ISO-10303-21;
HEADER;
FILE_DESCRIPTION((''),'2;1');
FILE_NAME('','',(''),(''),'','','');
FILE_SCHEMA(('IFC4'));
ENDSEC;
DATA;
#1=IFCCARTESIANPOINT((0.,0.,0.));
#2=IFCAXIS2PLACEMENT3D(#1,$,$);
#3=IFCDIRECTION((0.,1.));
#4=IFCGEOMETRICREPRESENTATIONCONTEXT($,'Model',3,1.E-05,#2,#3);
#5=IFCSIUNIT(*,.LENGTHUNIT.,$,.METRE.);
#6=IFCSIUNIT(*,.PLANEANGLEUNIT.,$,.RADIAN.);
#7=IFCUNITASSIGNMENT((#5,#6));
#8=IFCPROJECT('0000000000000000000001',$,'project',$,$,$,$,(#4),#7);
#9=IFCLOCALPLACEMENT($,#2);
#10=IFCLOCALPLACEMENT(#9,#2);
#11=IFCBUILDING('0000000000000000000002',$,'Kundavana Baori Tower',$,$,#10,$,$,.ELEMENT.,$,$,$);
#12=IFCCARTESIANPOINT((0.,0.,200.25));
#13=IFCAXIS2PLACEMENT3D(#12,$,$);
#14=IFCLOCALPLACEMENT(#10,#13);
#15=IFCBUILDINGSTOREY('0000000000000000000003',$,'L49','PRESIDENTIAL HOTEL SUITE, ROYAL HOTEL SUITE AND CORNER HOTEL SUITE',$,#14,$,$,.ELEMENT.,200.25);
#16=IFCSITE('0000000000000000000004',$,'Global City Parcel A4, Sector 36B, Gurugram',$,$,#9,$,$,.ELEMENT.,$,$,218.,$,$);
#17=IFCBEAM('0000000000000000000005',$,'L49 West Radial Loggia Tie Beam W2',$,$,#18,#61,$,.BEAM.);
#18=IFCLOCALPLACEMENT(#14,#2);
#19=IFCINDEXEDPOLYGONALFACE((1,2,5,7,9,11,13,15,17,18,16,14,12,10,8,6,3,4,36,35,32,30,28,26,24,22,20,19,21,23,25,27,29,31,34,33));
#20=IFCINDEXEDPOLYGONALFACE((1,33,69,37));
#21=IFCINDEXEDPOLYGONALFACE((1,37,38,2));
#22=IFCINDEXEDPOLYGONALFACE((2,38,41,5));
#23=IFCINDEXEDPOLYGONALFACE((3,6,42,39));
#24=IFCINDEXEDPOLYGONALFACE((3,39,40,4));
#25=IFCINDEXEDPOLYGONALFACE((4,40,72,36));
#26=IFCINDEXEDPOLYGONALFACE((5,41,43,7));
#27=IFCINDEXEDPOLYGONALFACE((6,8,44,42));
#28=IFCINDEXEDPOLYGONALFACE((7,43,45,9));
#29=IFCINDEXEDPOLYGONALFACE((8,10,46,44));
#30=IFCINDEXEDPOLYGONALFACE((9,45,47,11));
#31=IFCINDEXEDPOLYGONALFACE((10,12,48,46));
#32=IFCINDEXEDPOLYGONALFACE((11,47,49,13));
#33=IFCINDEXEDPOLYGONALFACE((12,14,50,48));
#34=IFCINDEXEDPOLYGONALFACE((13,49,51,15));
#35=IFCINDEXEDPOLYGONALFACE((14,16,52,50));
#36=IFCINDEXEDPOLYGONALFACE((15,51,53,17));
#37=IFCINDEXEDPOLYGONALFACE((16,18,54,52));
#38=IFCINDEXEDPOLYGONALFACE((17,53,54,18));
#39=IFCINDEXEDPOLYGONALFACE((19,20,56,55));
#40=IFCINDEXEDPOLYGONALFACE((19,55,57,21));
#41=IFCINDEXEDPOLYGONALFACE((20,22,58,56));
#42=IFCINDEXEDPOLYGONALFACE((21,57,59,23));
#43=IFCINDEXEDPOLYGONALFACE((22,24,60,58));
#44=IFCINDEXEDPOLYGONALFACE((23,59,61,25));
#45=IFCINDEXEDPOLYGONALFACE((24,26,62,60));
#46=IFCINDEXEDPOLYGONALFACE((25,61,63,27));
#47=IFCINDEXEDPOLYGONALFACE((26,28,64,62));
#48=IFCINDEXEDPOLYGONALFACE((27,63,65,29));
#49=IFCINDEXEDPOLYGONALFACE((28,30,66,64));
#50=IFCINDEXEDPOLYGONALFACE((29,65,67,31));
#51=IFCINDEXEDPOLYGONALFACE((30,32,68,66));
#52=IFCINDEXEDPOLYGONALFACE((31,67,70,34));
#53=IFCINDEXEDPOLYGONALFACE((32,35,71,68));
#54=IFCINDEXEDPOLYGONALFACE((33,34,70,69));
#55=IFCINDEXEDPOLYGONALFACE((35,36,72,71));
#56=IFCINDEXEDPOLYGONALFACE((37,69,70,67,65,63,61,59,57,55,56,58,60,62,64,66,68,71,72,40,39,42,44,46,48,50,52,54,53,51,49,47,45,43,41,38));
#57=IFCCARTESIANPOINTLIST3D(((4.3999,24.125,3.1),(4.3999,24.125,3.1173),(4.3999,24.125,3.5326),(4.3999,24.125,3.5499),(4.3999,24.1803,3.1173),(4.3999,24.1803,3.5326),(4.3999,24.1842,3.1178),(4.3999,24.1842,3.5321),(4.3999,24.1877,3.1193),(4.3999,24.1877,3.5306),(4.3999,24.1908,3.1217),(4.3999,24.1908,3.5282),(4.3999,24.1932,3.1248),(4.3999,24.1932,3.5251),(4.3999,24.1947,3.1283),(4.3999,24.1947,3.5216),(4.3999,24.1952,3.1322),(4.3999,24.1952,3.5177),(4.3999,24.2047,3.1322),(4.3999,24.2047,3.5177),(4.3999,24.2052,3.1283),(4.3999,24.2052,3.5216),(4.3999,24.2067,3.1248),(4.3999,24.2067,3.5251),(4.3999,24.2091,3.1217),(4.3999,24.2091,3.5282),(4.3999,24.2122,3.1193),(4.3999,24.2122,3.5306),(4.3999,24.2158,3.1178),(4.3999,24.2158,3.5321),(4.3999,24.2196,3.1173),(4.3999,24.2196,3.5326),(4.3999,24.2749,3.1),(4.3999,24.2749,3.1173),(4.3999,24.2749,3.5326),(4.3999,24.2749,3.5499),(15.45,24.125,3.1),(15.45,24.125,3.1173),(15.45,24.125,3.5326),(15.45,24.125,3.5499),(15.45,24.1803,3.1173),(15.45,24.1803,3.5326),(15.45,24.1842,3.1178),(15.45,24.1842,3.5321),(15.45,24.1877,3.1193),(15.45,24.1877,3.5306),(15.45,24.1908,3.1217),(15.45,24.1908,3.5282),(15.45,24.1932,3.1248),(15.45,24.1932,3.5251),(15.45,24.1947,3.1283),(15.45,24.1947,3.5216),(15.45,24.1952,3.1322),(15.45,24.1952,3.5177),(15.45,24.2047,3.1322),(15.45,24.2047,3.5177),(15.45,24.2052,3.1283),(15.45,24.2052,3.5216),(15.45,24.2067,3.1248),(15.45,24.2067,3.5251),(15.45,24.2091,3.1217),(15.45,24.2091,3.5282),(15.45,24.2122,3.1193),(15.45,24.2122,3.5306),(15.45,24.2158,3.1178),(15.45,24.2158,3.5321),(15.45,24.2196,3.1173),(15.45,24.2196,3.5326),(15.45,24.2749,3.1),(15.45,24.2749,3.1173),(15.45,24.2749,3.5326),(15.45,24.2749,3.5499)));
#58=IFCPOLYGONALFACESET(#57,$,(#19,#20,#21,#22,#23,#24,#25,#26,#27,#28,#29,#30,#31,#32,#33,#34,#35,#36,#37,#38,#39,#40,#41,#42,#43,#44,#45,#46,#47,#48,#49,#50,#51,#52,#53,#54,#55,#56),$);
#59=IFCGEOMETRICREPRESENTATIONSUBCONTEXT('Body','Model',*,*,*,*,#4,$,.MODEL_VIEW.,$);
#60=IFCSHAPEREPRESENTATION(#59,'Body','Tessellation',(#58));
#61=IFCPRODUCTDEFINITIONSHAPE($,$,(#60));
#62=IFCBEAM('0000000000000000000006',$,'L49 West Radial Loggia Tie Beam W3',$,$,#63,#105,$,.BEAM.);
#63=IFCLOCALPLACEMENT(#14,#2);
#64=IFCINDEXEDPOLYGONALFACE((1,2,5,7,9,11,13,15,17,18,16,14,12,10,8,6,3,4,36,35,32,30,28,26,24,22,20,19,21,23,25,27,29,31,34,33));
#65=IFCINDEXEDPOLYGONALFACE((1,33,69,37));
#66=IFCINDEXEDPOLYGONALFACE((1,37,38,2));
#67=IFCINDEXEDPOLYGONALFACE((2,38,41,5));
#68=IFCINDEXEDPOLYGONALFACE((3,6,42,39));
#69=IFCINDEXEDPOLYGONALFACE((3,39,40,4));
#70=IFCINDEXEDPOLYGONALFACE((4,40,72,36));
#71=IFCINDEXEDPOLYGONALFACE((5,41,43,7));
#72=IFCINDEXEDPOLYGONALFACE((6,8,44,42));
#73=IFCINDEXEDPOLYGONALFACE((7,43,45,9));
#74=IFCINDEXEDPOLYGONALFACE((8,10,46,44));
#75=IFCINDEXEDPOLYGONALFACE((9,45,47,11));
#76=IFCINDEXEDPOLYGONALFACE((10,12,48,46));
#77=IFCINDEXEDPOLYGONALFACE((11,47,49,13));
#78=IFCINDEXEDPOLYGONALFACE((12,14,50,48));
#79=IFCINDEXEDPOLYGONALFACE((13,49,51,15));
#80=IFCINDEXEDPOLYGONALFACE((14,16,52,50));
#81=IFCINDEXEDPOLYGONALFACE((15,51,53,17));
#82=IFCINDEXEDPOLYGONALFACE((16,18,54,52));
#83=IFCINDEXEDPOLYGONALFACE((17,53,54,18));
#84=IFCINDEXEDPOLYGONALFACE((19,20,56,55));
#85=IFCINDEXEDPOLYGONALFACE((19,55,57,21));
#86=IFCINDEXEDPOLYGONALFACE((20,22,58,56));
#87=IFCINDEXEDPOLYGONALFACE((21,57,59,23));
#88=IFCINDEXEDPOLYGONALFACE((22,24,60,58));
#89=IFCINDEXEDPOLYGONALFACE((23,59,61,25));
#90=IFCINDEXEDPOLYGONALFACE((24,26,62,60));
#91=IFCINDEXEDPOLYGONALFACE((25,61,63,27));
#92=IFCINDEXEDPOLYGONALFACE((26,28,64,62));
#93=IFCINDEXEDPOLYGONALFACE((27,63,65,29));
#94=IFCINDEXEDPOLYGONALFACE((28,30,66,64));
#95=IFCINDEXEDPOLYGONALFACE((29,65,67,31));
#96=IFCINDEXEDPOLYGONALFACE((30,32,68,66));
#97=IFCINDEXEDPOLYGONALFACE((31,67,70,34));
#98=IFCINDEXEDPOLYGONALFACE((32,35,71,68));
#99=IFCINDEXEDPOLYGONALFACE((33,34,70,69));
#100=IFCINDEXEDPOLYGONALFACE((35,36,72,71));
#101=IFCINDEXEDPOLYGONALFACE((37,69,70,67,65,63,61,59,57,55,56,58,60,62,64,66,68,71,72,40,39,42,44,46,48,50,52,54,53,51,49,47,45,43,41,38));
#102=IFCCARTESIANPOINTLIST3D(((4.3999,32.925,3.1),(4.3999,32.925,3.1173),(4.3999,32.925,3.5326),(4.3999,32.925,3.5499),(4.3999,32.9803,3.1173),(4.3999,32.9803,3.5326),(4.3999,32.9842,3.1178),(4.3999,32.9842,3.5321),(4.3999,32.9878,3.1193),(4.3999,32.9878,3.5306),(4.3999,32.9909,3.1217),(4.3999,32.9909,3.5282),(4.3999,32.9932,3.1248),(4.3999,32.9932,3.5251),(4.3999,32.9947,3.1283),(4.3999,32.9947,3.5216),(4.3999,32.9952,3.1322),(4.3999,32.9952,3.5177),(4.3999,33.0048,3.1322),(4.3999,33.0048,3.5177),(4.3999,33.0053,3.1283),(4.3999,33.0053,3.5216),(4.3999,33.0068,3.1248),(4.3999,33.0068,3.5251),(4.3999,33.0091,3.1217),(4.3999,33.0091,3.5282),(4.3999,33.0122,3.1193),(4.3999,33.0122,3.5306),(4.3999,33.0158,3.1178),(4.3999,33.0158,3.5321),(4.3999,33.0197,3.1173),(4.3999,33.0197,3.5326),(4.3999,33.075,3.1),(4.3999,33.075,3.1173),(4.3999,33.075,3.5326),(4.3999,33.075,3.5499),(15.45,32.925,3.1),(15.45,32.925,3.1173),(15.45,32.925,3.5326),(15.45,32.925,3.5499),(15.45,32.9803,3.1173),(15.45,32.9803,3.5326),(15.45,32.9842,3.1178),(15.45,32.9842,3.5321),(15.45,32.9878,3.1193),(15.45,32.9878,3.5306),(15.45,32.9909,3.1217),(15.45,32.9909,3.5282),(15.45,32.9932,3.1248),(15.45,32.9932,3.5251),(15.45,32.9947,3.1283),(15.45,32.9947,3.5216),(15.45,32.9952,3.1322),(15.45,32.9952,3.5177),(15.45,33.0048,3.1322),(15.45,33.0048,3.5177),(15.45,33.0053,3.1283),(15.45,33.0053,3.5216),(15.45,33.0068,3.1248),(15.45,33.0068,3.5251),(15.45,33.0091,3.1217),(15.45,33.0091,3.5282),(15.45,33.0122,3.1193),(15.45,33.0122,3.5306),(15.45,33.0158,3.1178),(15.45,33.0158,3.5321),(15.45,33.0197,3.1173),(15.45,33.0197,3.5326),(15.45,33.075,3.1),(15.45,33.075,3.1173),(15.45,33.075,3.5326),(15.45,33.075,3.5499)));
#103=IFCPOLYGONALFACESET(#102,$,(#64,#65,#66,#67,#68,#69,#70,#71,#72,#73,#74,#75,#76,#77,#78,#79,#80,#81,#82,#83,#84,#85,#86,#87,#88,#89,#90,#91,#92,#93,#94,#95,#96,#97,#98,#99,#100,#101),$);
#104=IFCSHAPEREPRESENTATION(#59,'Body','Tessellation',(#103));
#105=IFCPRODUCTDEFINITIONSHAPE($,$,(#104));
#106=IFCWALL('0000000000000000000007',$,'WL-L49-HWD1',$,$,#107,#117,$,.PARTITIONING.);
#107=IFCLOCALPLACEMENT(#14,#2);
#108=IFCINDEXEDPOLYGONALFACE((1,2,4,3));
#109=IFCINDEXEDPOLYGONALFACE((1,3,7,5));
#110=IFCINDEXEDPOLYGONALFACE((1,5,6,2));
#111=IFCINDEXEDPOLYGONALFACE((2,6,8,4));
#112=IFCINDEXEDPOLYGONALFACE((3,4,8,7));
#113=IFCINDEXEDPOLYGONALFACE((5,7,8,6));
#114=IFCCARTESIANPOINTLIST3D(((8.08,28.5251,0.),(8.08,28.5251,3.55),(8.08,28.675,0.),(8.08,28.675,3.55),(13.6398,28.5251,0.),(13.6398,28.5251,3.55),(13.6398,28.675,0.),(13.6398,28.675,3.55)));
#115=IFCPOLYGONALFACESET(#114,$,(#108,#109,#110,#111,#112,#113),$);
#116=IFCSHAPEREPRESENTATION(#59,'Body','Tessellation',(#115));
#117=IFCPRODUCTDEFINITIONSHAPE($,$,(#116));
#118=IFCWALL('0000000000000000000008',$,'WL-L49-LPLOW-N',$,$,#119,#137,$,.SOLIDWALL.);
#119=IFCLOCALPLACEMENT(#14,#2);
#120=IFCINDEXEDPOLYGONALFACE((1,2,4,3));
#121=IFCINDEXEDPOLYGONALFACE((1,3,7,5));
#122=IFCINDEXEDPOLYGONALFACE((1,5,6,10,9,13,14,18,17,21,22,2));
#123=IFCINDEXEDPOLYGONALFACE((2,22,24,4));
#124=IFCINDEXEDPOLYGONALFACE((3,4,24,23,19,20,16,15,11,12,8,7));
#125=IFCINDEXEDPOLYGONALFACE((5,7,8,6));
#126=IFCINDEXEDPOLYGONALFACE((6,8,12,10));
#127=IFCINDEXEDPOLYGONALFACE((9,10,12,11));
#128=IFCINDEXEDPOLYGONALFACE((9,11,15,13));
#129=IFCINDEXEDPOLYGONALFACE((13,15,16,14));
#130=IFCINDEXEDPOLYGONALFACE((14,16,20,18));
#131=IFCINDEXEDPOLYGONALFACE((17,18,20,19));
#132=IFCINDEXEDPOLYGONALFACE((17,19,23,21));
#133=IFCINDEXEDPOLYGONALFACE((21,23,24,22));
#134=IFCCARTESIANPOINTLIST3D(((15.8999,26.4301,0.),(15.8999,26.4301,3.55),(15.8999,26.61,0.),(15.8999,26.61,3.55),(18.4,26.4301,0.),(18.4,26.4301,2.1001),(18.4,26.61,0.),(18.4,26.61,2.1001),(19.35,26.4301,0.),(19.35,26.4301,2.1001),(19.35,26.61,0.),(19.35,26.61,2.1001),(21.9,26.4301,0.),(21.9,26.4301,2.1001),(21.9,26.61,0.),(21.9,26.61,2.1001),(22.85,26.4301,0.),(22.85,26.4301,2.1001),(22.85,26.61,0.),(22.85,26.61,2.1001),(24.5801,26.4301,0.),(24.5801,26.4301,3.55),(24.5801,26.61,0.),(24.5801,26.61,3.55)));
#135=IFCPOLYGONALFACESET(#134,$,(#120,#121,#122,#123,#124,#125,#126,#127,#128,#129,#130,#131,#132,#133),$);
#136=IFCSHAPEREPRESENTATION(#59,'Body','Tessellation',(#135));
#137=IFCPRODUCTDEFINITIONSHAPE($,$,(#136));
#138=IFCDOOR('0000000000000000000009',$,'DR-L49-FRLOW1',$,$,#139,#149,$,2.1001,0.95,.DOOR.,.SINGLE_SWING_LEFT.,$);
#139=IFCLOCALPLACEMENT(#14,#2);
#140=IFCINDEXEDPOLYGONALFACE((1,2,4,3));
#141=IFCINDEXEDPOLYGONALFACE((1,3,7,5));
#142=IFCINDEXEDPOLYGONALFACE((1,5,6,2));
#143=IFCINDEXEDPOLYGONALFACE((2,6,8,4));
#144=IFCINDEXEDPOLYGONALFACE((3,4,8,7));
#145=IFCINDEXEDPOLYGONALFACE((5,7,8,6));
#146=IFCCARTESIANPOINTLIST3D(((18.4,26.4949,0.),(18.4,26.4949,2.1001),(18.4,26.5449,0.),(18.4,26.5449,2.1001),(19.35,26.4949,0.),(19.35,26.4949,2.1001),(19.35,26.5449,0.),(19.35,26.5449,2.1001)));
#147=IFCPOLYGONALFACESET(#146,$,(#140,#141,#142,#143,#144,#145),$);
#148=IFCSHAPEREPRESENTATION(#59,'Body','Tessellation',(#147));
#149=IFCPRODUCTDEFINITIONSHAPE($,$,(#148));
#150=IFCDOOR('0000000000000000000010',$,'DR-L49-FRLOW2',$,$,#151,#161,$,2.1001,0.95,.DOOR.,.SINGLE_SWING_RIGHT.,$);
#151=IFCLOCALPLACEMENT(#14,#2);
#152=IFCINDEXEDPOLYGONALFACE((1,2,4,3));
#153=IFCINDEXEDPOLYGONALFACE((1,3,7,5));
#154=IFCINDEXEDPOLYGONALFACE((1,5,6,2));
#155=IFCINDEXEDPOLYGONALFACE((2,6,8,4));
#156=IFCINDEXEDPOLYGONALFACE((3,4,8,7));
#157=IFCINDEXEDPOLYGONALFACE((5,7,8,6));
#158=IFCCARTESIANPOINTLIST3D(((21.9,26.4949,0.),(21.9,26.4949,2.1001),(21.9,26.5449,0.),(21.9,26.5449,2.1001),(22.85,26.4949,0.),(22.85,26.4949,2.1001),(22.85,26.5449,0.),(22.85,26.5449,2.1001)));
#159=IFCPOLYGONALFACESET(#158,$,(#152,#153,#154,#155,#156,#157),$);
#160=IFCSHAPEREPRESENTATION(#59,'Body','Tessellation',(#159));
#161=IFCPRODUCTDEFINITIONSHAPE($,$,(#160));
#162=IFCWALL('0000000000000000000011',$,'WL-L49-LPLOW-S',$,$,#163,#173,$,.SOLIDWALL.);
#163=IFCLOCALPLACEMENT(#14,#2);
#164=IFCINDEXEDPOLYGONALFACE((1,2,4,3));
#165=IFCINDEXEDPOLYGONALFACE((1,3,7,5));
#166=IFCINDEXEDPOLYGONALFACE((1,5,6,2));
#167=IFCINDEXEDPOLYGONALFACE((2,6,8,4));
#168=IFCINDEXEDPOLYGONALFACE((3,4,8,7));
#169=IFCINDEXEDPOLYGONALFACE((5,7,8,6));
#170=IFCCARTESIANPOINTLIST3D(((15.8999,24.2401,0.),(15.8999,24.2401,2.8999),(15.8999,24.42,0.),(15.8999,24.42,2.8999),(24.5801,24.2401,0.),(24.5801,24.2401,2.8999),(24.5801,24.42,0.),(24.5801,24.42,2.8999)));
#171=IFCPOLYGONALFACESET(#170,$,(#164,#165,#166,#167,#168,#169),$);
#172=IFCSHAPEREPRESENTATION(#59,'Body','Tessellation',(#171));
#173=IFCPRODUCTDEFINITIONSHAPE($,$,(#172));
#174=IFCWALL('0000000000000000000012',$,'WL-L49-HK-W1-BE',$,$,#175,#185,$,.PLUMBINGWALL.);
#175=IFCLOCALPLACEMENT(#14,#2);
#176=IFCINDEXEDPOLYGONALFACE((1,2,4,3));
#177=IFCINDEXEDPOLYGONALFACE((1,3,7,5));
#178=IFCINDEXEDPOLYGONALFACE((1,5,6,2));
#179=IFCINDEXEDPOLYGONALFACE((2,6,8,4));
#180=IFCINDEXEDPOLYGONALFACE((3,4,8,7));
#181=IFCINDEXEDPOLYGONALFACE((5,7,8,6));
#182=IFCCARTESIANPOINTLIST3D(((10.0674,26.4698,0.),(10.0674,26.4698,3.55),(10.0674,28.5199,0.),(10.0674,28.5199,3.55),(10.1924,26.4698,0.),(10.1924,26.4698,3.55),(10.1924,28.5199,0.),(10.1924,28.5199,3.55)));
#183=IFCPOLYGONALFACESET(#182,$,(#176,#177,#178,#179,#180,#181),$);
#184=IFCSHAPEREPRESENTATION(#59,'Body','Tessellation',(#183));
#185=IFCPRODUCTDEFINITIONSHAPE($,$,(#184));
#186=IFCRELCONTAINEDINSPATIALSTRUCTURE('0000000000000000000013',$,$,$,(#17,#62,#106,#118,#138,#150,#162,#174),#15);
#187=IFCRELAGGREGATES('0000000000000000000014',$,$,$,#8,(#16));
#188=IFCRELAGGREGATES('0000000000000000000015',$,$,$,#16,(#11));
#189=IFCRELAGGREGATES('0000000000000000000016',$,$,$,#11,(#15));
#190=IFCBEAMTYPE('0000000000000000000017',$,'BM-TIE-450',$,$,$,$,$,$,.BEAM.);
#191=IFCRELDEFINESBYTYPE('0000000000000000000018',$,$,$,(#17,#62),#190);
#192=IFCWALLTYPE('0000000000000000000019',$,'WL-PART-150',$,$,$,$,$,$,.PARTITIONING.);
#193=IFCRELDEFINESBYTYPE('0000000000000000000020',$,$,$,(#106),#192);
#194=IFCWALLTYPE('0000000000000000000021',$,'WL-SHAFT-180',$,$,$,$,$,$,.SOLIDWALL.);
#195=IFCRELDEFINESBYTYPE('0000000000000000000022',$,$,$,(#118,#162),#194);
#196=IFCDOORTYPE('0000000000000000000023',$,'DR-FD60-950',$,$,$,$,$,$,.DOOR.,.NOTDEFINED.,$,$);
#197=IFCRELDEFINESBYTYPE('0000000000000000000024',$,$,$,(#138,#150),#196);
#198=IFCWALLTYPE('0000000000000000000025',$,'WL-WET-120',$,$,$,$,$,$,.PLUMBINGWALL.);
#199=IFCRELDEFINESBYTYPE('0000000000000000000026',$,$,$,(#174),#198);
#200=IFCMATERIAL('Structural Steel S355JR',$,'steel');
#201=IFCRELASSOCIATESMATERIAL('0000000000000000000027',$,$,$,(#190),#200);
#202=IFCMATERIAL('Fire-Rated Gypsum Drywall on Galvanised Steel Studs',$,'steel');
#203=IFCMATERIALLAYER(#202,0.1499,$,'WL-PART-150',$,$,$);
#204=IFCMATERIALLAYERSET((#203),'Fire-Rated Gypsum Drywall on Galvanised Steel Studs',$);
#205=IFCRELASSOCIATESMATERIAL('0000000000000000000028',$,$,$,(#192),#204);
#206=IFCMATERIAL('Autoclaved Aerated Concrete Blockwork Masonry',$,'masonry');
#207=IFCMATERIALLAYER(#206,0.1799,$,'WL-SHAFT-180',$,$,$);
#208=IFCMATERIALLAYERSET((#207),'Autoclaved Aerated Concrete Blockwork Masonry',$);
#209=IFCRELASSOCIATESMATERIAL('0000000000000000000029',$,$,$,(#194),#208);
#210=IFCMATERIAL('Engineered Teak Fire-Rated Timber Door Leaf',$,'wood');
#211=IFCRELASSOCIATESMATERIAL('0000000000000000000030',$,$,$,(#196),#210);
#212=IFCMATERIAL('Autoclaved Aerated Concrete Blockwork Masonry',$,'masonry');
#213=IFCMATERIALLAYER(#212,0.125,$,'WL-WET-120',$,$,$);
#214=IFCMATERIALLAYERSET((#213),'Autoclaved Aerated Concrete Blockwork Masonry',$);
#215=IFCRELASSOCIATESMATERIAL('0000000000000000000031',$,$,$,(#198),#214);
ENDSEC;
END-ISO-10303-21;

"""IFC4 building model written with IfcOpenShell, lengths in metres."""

from ifc_helpers import new_model, si_unit, direction, frame, frame_2d, origin, origin_2d, place, context, subcontext, project, spatial, rectangle, i_section, extrude, material, layer, layer_set, material_profile, profile_set, type_object, element, fill, save


model = new_model("IFC4")

# Units and contexts
model_context = context("Model", 3, precision=1e-05, world=origin(), true_north=direction((0.0, 1.0)))
body_context = subcontext(model_context, "Body", "Model", "MODEL_VIEW")
ifc_project = project(units=[si_unit("LENGTHUNIT", "METRE"), si_unit("PLANEANGLEUNIT", "RADIAN")], contexts=[model_context])

# Site, building, storey
site_placement = place(None, origin())
site = spatial("IfcSite", under=ifc_project, at=site_placement, Name="Global City Parcel A4, Sector 36B, Gurugram", CompositionType="ELEMENT", RefElevation=218.0)
building_placement = place(site_placement, origin())
building = spatial("IfcBuilding", under=site, at=building_placement, Name="Kundavana Baori Tower", CompositionType="ELEMENT")
storey_placement = place(building_placement, frame((0.0, 0.0, 200.25)))
storey = spatial("IfcBuildingStorey", under=building, at=storey_placement, Name="L49", Description="PRESIDENTIAL HOTEL SUITE, ROYAL HOTEL SUITE AND CORNER HOTEL SUITE", CompositionType="ELEMENT", Elevation=200.25)

# Beams
ifc_material_1 = material(Name="Structural Steel S355JR", Category="steel")
ifc_material_profile_1 = material_profile(ifc_material_1, i_section(OverallWidth=0.1499, OverallDepth=0.45, WebThickness=0.0095, FlangeThickness=0.0173, FilletRadius=0.0149, at=origin_2d()), Name="ISMB 450")
ifc_profile_set_1 = profile_set([ifc_material_profile_1], Name="Structural Steel S355JR")
beam_type_1 = type_object("IfcBeamType", Name="BM-TIE-450", PredefinedType="BEAM", material=ifc_profile_set_1)
for number, where, z_axis, x_axis, name in (
    (1, (15.45, 24.2, 3.325), (-1.0, 0.0, 0.0), (0.0, -1.0, 0.0), "L49 West Radial Loggia Tie Beam W2"),
    (2, (15.45, 33.0, 3.325), (-1.0, 0.0, 0.0), (0.0, -1.0, 0.0), "L49 West Radial Loggia Tie Beam W3"),
):
    element("IfcBeam", number, at=place(storey_placement, frame(where, z_axis=z_axis, x_axis=x_axis)), inside=storey, type_object=beam_type_1, Name=name, PredefinedType="BEAM", context=body_context, shape_type="SweptSolid", body=[
        extrude(i_section(OverallWidth=0.1499, OverallDepth=0.45, WebThickness=0.0095, FlangeThickness=0.0173, FilletRadius=0.0149, at=origin_2d()), origin(), (0.0, 0.0, 1.0), 11.05),
    ])

# Wall
ifc_material_2 = material(Name="Fire-Rated Gypsum Drywall on Galvanised Steel Studs", Category="steel")
ifc_layer_1 = layer(ifc_material_2, 0.1499, Name="WL-PART-150")
ifc_layer_set_1 = layer_set([ifc_layer_1], Name="Fire-Rated Gypsum Drywall on Galvanised Steel Studs")
wall_type_1 = type_object("IfcWallType", Name="WL-PART-150", PredefinedType="PARTITIONING", material=ifc_layer_set_1)
wall_1_placement = place(storey_placement, frame((8.0801, 28.6001, 0.0), z_axis=(0.0, 0.0, 1.0), x_axis=(1.0, 0.0, 0.0)))
element("IfcWall", 3, at=wall_1_placement, inside=storey, type_object=wall_type_1, Name="WL-L49-HWD1", PredefinedType="PARTITIONING", context=body_context, shape_type="SweptSolid", body=[
    extrude(rectangle(XDim=5.5598, YDim=0.1499, at=frame_2d((2.7798, 0.0))), origin(), (0.0, 0.0, 1.0), 3.55),
])

# Wall, openings, doors
ifc_material_3 = material(Name="Autoclaved Aerated Concrete Blockwork Masonry", Category="masonry")
ifc_layer_2 = layer(ifc_material_3, 0.1799, Name="WL-SHAFT-180")
ifc_layer_set_2 = layer_set([ifc_layer_2], Name="Autoclaved Aerated Concrete Blockwork Masonry")
wall_type_2 = type_object("IfcWallType", Name="WL-SHAFT-180", PredefinedType="SOLIDWALL", material=ifc_layer_set_2)
wall_2_placement = place(storey_placement, frame((15.8999, 26.52, 0.0), z_axis=(0.0, 0.0, 1.0), x_axis=(1.0, 0.0, 0.0)))
wall_2 = element("IfcWall", 4, at=wall_2_placement, inside=storey, type_object=wall_type_2, Name="WL-L49-LPLOW-N", PredefinedType="SOLIDWALL", context=body_context, shape_type="SweptSolid", body=[
    extrude(rectangle(XDim=8.6802, YDim=0.1799, at=frame_2d((4.3401, 0.0))), origin(), (0.0, 0.0, 1.0), 3.55),
])
opening_1_placement = place(wall_2_placement, frame((2.5, 0.0, 0.0)))
opening_1 = element("IfcOpeningElement", 5, at=opening_1_placement, cuts=wall_2, PredefinedType="OPENING", context=body_context, shape_type="SweptSolid", body=[
    extrude(rectangle(XDim=0.95, YDim=2.1001, at=frame_2d((0.4751, 1.05))), frame((0.0, 0.1001, 0.0), z_axis=(0.0, -1.0, 0.0), x_axis=(1.0, 0.0, 0.0)), (0.0, 0.0, 1.0), 0.2),
])
opening_2_placement = place(wall_2_placement, frame((6.0, 0.0, 0.0)))
opening_2 = element("IfcOpeningElement", 6, at=opening_2_placement, cuts=wall_2, PredefinedType="OPENING", context=body_context, shape_type="SweptSolid", body=[
    extrude(rectangle(XDim=0.95, YDim=2.1001, at=frame_2d((0.4751, 1.05))), frame((0.0, 0.1001, 0.0), z_axis=(0.0, -1.0, 0.0), x_axis=(1.0, 0.0, 0.0)), (0.0, 0.0, 1.0), 0.2),
])
ifc_material_4 = material(Name="Engineered Teak Fire-Rated Timber Door Leaf", Category="wood")
door_type_1 = type_object("IfcDoorType", Name="DR-FD60-950", OperationType="NOTDEFINED", PredefinedType="DOOR", material=ifc_material_4)
door_1_placement = place(opening_1_placement, origin())
door_1 = element("IfcDoor", 7, at=door_1_placement, inside=storey, type_object=door_type_1, Name="DR-L49-FRLOW1", OperationType="SINGLE_SWING_LEFT", OverallHeight=2.1001, OverallWidth=0.95, PredefinedType="DOOR", context=body_context, shape_type="SweptSolid", body=[
    extrude(rectangle(XDim=0.95, YDim=2.1001, at=frame_2d((0.4751, 1.05))), frame((0.0, 0.0249, 0.0), z_axis=(0.0, -1.0, 0.0), x_axis=(1.0, 0.0, 0.0)), (0.0, 0.0, 1.0), 0.05),
])
fill(opening_1, door_1)
door_2_placement = place(opening_2_placement, origin())
door_2 = element("IfcDoor", 8, at=door_2_placement, inside=storey, type_object=door_type_1, Name="DR-L49-FRLOW2", OperationType="SINGLE_SWING_RIGHT", OverallHeight=2.1001, OverallWidth=0.95, PredefinedType="DOOR", context=body_context, shape_type="SweptSolid", body=[
    extrude(rectangle(XDim=0.95, YDim=2.1001, at=frame_2d((0.4751, 1.05))), frame((0.0, 0.0249, 0.0), z_axis=(0.0, -1.0, 0.0), x_axis=(1.0, 0.0, 0.0)), (0.0, 0.0, 1.0), 0.05),
])
fill(opening_2, door_2)

# Walls
wall_3_placement = place(storey_placement, frame((15.8999, 24.3301, 0.0), z_axis=(0.0, 0.0, 1.0), x_axis=(1.0, 0.0, 0.0)))
element("IfcWall", 9, at=wall_3_placement, inside=storey, type_object=wall_type_2, Name="WL-L49-LPLOW-S", PredefinedType="SOLIDWALL", context=body_context, shape_type="SweptSolid", body=[
    extrude(rectangle(XDim=8.6802, YDim=0.1799, at=frame_2d((4.3401, 0.0))), origin(), (0.0, 0.0, 1.0), 2.8999),
])
ifc_material_5 = material(Name="Autoclaved Aerated Concrete Blockwork Masonry", Category="masonry")
ifc_layer_3 = layer(ifc_material_5, 0.125, Name="WL-WET-120")
ifc_layer_set_3 = layer_set([ifc_layer_3], Name="Autoclaved Aerated Concrete Blockwork Masonry")
wall_type_3 = type_object("IfcWallType", Name="WL-WET-120", PredefinedType="PLUMBINGWALL", material=ifc_layer_set_3)
wall_4_placement = place(storey_placement, frame((10.1299, 26.47, 0.0), z_axis=(0.0, 0.0, 1.0), x_axis=(0.0, 1.0, 0.0)))
element("IfcWall", 10, at=wall_4_placement, inside=storey, type_object=wall_type_3, Name="WL-L49-HK-W1-BE", PredefinedType="PLUMBINGWALL", context=body_context, shape_type="SweptSolid", body=[
    extrude(rectangle(XDim=2.05, YDim=0.125, at=frame_2d((1.0249, 0.0))), origin(), (0.0, 0.0, 1.0), 3.55),
])

save(model, "model.ifc")
